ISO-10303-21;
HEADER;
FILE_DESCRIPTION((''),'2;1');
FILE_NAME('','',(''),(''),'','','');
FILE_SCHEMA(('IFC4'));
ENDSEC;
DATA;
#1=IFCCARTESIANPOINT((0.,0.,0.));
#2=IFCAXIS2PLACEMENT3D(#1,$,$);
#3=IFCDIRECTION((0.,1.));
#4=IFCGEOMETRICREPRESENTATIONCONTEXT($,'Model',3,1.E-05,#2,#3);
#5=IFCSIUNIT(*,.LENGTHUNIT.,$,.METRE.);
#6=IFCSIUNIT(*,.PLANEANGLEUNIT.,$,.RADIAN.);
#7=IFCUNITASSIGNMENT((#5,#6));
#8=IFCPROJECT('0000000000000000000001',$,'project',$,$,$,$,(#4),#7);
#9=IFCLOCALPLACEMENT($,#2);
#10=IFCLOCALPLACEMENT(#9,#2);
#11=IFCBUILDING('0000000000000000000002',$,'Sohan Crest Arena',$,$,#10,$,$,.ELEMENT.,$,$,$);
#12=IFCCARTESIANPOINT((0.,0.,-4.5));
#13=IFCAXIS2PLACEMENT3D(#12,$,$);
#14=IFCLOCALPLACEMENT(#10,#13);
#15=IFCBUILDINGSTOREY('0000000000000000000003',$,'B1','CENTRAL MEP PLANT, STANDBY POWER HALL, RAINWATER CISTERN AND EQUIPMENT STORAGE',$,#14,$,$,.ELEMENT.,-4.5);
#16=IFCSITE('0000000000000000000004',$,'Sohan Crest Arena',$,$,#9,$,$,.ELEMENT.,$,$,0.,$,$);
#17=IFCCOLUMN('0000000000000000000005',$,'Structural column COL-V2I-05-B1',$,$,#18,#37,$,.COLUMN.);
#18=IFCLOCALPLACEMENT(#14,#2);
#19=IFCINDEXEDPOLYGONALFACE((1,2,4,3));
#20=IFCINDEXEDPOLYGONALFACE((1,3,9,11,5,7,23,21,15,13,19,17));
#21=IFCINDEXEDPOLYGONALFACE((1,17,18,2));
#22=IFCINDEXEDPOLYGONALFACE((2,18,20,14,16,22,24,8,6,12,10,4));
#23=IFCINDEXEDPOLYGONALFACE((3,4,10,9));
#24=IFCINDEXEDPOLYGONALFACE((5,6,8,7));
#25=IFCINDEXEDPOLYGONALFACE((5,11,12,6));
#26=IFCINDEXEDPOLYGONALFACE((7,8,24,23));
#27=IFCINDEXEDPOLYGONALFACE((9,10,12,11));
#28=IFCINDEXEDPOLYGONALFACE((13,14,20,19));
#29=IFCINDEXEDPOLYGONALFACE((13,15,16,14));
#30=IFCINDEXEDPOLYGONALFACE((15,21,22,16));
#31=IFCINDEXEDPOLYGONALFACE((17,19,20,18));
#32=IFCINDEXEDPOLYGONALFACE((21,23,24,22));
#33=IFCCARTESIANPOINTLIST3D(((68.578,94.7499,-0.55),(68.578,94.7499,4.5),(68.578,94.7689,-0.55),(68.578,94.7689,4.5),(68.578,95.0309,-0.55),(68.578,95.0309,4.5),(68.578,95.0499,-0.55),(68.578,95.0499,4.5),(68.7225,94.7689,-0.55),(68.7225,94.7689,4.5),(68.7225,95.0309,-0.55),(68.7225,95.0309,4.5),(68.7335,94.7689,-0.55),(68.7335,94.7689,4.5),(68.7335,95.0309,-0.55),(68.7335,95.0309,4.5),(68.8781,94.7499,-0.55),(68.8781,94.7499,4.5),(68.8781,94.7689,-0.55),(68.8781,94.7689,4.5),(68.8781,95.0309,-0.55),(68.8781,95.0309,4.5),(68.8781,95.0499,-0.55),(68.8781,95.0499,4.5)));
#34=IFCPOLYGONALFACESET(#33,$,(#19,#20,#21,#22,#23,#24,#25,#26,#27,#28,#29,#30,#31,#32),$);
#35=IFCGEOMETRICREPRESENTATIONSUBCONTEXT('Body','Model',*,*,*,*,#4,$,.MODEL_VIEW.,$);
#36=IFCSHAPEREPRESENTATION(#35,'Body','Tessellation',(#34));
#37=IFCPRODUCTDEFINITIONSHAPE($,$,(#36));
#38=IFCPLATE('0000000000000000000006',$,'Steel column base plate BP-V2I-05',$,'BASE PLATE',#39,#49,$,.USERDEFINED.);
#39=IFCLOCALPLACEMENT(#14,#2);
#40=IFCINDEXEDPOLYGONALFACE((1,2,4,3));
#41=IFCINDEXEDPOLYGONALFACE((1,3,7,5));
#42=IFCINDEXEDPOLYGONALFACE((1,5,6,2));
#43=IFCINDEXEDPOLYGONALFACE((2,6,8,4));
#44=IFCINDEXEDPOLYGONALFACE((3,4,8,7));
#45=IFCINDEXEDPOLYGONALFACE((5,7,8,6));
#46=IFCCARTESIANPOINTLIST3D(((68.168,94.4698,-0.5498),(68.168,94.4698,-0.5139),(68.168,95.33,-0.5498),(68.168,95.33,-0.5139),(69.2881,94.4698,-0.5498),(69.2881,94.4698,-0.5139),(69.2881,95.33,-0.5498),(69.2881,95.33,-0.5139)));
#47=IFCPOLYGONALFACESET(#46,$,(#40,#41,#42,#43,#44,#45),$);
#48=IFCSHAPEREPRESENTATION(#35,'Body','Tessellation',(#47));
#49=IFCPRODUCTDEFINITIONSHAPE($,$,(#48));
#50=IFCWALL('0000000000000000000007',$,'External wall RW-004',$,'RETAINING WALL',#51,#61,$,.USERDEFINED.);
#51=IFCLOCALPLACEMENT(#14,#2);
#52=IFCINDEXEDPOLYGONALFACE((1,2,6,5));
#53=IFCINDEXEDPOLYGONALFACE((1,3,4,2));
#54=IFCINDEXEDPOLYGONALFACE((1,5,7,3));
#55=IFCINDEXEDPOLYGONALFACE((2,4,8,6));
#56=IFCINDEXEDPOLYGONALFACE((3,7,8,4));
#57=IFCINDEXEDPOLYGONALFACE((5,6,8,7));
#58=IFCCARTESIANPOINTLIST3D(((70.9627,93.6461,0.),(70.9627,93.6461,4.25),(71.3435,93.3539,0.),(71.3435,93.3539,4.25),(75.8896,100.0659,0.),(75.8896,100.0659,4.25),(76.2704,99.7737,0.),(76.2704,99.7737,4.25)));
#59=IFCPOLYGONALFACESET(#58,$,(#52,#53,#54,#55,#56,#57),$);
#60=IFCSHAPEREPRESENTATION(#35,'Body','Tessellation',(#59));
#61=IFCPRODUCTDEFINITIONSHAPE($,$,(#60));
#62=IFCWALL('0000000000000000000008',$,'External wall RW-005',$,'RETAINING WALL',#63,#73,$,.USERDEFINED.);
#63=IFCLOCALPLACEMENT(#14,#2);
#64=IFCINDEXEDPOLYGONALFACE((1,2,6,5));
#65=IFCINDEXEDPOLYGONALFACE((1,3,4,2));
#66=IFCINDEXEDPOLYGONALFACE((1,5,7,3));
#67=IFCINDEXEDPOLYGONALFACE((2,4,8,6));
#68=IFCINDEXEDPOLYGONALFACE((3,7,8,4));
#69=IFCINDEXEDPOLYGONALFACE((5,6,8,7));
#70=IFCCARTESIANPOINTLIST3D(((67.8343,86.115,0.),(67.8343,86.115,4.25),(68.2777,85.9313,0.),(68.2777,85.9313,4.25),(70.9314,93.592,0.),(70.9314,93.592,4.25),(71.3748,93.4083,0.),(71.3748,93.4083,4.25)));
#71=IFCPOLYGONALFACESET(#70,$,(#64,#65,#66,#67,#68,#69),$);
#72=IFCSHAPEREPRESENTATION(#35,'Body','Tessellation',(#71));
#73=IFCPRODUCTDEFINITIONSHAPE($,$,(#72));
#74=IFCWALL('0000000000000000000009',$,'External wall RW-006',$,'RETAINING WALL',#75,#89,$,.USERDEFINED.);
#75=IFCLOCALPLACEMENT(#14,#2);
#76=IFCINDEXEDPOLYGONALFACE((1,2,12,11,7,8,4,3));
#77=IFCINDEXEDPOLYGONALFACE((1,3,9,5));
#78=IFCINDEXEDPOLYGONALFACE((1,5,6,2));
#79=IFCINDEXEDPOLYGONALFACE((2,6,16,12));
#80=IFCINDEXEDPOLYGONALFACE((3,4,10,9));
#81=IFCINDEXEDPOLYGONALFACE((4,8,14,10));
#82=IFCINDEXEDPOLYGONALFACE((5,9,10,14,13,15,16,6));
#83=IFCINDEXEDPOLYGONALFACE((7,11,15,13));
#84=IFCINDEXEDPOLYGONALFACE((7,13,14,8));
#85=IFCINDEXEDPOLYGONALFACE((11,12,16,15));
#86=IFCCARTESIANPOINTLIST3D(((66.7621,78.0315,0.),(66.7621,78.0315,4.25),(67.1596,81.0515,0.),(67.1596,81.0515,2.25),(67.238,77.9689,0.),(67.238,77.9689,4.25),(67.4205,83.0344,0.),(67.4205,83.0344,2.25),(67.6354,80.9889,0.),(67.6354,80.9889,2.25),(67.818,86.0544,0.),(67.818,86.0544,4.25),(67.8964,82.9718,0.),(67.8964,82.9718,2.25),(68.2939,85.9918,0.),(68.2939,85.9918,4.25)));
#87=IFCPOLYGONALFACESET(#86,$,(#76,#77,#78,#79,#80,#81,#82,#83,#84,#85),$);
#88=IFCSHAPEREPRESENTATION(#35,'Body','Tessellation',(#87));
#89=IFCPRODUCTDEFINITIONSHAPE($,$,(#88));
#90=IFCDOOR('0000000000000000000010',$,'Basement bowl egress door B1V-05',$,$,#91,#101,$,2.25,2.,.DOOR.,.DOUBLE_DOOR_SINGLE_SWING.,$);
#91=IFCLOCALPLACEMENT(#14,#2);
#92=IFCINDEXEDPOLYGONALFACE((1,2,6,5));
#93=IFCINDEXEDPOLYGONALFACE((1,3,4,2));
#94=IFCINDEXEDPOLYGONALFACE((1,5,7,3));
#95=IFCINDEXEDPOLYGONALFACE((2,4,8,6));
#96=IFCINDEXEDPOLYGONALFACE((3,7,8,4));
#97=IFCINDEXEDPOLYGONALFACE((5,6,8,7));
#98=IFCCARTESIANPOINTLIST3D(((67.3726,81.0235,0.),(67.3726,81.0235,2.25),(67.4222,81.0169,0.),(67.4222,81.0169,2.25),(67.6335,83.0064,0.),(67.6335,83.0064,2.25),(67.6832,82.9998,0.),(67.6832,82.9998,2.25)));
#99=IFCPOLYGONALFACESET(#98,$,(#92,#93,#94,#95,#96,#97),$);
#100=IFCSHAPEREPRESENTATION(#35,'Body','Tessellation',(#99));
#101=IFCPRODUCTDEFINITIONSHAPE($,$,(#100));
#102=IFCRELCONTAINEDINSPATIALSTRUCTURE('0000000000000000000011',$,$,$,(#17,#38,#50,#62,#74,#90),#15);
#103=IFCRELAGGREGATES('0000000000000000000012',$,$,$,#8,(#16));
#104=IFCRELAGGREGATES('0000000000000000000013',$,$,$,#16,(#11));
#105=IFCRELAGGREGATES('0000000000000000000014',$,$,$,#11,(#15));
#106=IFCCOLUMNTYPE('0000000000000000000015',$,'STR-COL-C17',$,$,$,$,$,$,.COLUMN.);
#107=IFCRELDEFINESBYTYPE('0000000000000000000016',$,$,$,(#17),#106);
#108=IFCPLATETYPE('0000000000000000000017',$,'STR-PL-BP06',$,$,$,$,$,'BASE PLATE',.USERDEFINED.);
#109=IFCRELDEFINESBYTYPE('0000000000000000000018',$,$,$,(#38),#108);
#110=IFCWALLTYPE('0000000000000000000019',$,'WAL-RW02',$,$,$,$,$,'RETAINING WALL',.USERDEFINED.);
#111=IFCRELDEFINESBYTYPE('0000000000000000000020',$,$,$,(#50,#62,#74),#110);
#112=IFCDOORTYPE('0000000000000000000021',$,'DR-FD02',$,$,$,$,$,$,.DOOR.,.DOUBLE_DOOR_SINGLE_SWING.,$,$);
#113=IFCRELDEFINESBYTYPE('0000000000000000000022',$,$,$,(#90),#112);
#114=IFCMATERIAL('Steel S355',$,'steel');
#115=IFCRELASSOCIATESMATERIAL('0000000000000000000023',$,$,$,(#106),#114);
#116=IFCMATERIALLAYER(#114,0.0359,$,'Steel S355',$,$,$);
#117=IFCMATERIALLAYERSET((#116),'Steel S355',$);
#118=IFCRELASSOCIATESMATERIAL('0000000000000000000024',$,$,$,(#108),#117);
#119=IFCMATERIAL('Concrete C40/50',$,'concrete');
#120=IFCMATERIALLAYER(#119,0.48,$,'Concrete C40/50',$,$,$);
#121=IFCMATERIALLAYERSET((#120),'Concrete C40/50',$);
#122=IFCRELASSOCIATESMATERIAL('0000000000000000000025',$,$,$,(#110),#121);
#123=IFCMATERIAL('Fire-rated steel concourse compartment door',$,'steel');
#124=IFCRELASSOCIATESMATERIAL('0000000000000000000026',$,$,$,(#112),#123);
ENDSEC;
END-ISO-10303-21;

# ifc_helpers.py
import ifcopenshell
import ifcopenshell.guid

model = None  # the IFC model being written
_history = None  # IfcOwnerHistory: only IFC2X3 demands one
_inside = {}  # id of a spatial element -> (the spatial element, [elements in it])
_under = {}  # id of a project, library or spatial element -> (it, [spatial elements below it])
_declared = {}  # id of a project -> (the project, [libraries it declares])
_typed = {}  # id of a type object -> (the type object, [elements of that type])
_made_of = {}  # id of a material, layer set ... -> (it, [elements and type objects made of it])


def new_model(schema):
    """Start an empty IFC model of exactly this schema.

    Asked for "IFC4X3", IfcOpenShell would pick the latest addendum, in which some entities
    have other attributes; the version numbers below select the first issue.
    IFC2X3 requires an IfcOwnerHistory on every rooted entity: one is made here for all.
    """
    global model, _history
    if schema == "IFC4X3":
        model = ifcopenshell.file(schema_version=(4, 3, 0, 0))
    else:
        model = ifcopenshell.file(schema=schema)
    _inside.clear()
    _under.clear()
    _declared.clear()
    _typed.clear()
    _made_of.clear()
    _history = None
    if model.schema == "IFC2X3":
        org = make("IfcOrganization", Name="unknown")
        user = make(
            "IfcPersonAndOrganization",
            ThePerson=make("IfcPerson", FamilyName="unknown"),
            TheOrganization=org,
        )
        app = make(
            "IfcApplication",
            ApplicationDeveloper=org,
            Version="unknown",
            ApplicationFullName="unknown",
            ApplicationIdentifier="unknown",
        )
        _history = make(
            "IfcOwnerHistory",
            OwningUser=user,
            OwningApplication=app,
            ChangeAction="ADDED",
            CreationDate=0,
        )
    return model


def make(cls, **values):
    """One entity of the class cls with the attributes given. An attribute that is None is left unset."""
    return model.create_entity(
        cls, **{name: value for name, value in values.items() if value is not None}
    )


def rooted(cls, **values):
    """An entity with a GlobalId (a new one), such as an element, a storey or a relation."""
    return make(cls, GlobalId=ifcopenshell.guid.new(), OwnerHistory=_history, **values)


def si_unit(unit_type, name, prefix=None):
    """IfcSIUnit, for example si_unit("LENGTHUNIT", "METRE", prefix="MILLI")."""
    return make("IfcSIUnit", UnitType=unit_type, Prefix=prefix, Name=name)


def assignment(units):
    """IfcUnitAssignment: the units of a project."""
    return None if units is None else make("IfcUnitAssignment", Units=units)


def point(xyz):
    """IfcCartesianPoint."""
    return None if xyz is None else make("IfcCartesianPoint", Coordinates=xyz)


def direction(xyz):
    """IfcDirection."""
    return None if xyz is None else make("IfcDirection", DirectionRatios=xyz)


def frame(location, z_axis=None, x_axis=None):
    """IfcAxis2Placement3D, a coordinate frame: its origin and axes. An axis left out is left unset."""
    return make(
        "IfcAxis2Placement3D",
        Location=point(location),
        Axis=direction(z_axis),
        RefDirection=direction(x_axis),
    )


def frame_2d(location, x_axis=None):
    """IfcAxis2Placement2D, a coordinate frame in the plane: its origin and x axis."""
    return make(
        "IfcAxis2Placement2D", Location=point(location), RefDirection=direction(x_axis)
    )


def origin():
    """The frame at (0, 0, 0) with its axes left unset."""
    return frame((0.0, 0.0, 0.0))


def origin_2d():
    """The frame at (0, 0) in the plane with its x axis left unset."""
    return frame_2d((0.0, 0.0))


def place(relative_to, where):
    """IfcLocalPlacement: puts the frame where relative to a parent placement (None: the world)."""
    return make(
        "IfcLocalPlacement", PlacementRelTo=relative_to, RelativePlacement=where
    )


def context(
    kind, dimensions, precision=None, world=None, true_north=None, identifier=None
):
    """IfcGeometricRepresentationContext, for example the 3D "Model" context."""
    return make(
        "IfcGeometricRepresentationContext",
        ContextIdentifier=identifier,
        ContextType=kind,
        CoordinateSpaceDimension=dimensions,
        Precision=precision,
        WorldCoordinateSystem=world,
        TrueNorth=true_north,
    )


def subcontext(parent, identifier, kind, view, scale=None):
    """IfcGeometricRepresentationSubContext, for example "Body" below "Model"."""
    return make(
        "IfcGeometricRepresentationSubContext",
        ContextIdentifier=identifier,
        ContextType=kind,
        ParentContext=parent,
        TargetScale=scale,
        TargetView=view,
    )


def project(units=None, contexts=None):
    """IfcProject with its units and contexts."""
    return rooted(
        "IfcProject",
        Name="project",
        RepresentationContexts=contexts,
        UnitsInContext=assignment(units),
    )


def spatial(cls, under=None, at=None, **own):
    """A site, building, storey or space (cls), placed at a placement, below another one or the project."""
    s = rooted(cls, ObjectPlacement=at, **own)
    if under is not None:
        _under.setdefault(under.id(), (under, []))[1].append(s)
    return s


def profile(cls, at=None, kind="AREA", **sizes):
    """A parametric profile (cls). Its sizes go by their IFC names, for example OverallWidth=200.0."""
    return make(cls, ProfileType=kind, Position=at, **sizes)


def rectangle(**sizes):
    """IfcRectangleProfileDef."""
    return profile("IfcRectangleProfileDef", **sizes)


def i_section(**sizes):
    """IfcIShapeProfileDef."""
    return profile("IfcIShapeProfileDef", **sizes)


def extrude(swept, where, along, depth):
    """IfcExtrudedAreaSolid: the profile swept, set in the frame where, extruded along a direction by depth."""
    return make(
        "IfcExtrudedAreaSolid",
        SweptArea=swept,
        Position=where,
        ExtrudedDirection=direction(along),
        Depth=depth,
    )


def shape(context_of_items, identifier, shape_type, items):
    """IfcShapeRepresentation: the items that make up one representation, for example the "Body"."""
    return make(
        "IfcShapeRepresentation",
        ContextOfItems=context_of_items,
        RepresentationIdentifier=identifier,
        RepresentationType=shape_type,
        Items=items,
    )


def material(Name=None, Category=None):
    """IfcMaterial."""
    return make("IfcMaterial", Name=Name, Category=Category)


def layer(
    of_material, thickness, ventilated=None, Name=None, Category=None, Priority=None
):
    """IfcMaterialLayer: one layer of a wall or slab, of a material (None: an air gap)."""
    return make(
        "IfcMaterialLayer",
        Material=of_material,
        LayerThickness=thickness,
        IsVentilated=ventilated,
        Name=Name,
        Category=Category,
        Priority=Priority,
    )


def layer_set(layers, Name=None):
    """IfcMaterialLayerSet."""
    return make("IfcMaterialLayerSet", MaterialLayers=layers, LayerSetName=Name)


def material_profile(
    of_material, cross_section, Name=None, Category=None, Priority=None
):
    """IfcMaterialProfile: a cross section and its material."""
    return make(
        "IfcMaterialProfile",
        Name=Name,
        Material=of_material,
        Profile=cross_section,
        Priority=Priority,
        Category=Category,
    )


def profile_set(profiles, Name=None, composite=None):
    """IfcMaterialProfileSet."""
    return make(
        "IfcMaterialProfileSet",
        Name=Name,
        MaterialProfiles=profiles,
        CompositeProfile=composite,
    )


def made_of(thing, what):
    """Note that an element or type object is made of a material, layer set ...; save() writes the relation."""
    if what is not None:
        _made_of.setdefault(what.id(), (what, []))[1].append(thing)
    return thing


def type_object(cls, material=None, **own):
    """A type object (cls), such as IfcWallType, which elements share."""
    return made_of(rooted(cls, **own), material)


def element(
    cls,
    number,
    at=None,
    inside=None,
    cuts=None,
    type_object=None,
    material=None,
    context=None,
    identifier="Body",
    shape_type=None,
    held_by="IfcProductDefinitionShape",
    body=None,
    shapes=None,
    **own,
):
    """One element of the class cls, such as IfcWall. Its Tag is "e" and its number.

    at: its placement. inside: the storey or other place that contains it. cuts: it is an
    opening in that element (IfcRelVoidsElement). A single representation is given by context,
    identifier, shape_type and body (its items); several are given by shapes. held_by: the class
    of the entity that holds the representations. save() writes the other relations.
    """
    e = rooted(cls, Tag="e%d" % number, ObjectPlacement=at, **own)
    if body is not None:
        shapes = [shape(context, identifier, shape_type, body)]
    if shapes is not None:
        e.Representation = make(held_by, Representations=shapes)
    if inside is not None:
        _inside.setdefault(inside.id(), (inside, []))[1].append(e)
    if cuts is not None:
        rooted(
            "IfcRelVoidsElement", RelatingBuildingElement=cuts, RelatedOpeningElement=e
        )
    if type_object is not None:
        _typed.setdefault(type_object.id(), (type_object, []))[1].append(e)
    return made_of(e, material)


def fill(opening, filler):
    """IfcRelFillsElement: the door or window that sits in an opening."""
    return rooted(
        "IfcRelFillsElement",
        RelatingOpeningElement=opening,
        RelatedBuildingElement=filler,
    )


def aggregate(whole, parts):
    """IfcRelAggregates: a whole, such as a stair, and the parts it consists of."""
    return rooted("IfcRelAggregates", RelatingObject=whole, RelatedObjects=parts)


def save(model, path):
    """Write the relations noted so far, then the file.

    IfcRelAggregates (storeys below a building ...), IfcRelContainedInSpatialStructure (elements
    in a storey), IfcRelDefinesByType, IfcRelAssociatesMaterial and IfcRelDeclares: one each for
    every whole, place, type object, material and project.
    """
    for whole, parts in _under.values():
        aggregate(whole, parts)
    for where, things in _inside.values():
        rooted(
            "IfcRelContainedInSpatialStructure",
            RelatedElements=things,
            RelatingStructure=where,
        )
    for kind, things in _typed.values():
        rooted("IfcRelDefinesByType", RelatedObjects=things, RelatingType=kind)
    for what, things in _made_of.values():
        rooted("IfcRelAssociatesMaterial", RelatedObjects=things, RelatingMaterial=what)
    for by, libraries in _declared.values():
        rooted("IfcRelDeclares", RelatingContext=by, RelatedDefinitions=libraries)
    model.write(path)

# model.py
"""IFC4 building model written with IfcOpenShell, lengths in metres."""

from ifc_helpers import new_model, si_unit, direction, frame, frame_2d, origin, origin_2d, place, context, subcontext, project, spatial, rectangle, i_section, extrude, material, layer, layer_set, material_profile, profile_set, type_object, element, fill, save


model = new_model("IFC4")

# Units and contexts
model_context = context("Model", 3, precision=1e-05, world=origin(), true_north=direction((0.0, 1.0)))
body_context = subcontext(model_context, "Body", "Model", "MODEL_VIEW")
ifc_project = project(units=[si_unit("LENGTHUNIT", "METRE"), si_unit("PLANEANGLEUNIT", "RADIAN")], contexts=[model_context])

# Site, building, storey
site_placement = place(None, origin())
site = spatial("IfcSite", under=ifc_project, at=site_placement, Name="Sohan Crest Arena", CompositionType="ELEMENT", RefElevation=0.0)
building_placement = place(site_placement, origin())
building = spatial("IfcBuilding", under=site, at=building_placement, Name="Sohan Crest Arena", CompositionType="ELEMENT")
storey_placement = place(building_placement, frame((0.0, 0.0, -4.5)))
storey = spatial("IfcBuildingStorey", under=building, at=storey_placement, Name="B1", Description="CENTRAL MEP PLANT, STANDBY POWER HALL, RAINWATER CISTERN AND EQUIPMENT STORAGE", CompositionType="ELEMENT", Elevation=-4.5)

# Shared definitions
ifc_material_1 = material(Name="Concrete C40/50", Category="concrete")

# Column
ifc_material_2 = material(Name="Steel S355", Category="steel")
ifc_material_profile_1 = material_profile(ifc_material_2, i_section(OverallWidth=0.3, OverallDepth=0.3, WebThickness=0.011, FlangeThickness=0.019, at=origin_2d()), Name="HEB 300")
ifc_profile_set_1 = profile_set([ifc_material_profile_1], Name="Steel S355")
column_type_1 = type_object("IfcColumnType", Name="STR-COL-C17", PredefinedType="COLUMN", material=ifc_profile_set_1)
column_1_placement = place(storey_placement, frame((68.728, 94.8999, -0.55), z_axis=(0.0, 0.0, 1.0), x_axis=(1.0, 0.0, 0.0)))
element("IfcColumn", 1, at=column_1_placement, inside=storey, type_object=column_type_1, Name="Structural column COL-V2I-05-B1", PredefinedType="COLUMN", context=body_context, shape_type="SweptSolid", body=[
    extrude(i_section(OverallWidth=0.3, OverallDepth=0.3, WebThickness=0.011, FlangeThickness=0.019, at=origin_2d()), origin(), (0.0, 0.0, 1.0), 5.05),
])

# Plate
ifc_layer_1 = layer(ifc_material_2, 0.0359, Name="Steel S355")
ifc_layer_set_1 = layer_set([ifc_layer_1], Name="Steel S355")
plate_type = type_object("IfcPlateType", Name="STR-PL-BP06", ElementType="BASE PLATE", PredefinedType="USERDEFINED", material=ifc_layer_set_1)
plate_placement = place(storey_placement, frame((68.728, 94.8999, -0.5498), z_axis=(0.0, 0.0, 1.0), x_axis=(1.0, 0.0, 0.0)))
element("IfcPlate", 2, at=plate_placement, inside=storey, type_object=plate_type, Name="Steel column base plate BP-V2I-05", ObjectType="BASE PLATE", PredefinedType="USERDEFINED", context=body_context, shape_type="SweptSolid", body=[
    extrude(rectangle(XDim=1.1201, YDim=0.8601, at=origin_2d()), origin(), (0.0, 0.0, 1.0), 0.0359),
])

# Walls
ifc_layer_2 = layer(ifc_material_1, 0.48, Name="Concrete C40/50")
ifc_layer_set_2 = layer_set([ifc_layer_2], Name="Concrete C40/50")
wall_type = type_object("IfcWallType", Name="WAL-RW02", ElementType="RETAINING WALL", PredefinedType="USERDEFINED", material=ifc_layer_set_2)
wall_1_placement = place(storey_placement, frame((76.0801, 99.9199, 0.0), z_axis=(0.0, 0.0, 1.0), x_axis=(-0.608825, -0.793304, 0.0)))
element("IfcWall", 3, at=wall_1_placement, inside=storey, type_object=wall_type, Name="External wall RW-004", ObjectType="RETAINING WALL", PredefinedType="USERDEFINED", context=body_context, shape_type="SweptSolid", body=[
    extrude(rectangle(XDim=8.0925, YDim=0.48, at=frame_2d((4.0464, 0.0))), origin(), (0.0, 0.0, 1.0), 4.25),
])
wall_2_placement = place(storey_placement, frame((71.1531, 93.5, 0.0), z_axis=(0.0, 0.0, 1.0), x_axis=(-0.382691, -0.923876, 0.0)))
element("IfcWall", 4, at=wall_2_placement, inside=storey, type_object=wall_type, Name="External wall RW-005", ObjectType="RETAINING WALL", PredefinedType="USERDEFINED", context=body_context, shape_type="SweptSolid", body=[
    extrude(rectangle(XDim=8.093, YDim=0.48, at=frame_2d((4.0464, 0.0))), origin(), (0.0, 0.0, 1.0), 4.25),
])

# Wall, opening, door
wall_3_placement = place(storey_placement, frame((68.0559, 86.0229, 0.0), z_axis=(0.0, 0.0, 1.0), x_axis=(-0.130486, -0.99145, 0.0)))
wall_3 = element("IfcWall", 5, at=wall_3_placement, inside=storey, type_object=wall_type, Name="External wall RW-006", ObjectType="RETAINING WALL", PredefinedType="USERDEFINED", context=body_context, shape_type="SweptSolid", body=[
    extrude(rectangle(XDim=8.092, YDim=0.48, at=frame_2d((4.0459, 0.0))), origin(), (0.0, 0.0, 1.0), 4.25),
])
opening_placement = place(wall_3_placement, frame((3.0459, 0.0, 0.0)))
opening = element("IfcOpeningElement", 6, at=opening_placement, cuts=wall_3, PredefinedType="OPENING", context=body_context, shape_type="SweptSolid", body=[
    extrude(rectangle(XDim=2.0, YDim=2.25, at=frame_2d((1.0, 1.125))), frame((0.0, 0.25, 0.0), z_axis=(0.0, -1.0, 0.0), x_axis=(1.0, 0.0, 0.0)), (0.0, 0.0, 1.0), 0.5),
])
ifc_material_3 = material(Name="Fire-rated steel concourse compartment door", Category="steel")
door_type = type_object("IfcDoorType", Name="DR-FD02", OperationType="DOUBLE_DOOR_SINGLE_SWING", PredefinedType="DOOR", material=ifc_material_3)
door_placement = place(opening_placement, origin())
door = element("IfcDoor", 7, at=door_placement, inside=storey, type_object=door_type, Name="Basement bowl egress door B1V-05", OperationType="DOUBLE_DOOR_SINGLE_SWING", OverallHeight=2.25, OverallWidth=2.0, PredefinedType="DOOR", context=body_context, shape_type="SweptSolid", body=[
    extrude(rectangle(XDim=2.0, YDim=2.25, at=frame_2d((1.0, 1.125))), frame((0.0, 0.0249, 0.0), z_axis=(0.0, -1.0, 0.0), x_axis=(1.0, 0.0, 0.0)), (0.0, 0.0, 1.0), 0.05),
])
fill(opening, door)

save(model, "model.ifc")
